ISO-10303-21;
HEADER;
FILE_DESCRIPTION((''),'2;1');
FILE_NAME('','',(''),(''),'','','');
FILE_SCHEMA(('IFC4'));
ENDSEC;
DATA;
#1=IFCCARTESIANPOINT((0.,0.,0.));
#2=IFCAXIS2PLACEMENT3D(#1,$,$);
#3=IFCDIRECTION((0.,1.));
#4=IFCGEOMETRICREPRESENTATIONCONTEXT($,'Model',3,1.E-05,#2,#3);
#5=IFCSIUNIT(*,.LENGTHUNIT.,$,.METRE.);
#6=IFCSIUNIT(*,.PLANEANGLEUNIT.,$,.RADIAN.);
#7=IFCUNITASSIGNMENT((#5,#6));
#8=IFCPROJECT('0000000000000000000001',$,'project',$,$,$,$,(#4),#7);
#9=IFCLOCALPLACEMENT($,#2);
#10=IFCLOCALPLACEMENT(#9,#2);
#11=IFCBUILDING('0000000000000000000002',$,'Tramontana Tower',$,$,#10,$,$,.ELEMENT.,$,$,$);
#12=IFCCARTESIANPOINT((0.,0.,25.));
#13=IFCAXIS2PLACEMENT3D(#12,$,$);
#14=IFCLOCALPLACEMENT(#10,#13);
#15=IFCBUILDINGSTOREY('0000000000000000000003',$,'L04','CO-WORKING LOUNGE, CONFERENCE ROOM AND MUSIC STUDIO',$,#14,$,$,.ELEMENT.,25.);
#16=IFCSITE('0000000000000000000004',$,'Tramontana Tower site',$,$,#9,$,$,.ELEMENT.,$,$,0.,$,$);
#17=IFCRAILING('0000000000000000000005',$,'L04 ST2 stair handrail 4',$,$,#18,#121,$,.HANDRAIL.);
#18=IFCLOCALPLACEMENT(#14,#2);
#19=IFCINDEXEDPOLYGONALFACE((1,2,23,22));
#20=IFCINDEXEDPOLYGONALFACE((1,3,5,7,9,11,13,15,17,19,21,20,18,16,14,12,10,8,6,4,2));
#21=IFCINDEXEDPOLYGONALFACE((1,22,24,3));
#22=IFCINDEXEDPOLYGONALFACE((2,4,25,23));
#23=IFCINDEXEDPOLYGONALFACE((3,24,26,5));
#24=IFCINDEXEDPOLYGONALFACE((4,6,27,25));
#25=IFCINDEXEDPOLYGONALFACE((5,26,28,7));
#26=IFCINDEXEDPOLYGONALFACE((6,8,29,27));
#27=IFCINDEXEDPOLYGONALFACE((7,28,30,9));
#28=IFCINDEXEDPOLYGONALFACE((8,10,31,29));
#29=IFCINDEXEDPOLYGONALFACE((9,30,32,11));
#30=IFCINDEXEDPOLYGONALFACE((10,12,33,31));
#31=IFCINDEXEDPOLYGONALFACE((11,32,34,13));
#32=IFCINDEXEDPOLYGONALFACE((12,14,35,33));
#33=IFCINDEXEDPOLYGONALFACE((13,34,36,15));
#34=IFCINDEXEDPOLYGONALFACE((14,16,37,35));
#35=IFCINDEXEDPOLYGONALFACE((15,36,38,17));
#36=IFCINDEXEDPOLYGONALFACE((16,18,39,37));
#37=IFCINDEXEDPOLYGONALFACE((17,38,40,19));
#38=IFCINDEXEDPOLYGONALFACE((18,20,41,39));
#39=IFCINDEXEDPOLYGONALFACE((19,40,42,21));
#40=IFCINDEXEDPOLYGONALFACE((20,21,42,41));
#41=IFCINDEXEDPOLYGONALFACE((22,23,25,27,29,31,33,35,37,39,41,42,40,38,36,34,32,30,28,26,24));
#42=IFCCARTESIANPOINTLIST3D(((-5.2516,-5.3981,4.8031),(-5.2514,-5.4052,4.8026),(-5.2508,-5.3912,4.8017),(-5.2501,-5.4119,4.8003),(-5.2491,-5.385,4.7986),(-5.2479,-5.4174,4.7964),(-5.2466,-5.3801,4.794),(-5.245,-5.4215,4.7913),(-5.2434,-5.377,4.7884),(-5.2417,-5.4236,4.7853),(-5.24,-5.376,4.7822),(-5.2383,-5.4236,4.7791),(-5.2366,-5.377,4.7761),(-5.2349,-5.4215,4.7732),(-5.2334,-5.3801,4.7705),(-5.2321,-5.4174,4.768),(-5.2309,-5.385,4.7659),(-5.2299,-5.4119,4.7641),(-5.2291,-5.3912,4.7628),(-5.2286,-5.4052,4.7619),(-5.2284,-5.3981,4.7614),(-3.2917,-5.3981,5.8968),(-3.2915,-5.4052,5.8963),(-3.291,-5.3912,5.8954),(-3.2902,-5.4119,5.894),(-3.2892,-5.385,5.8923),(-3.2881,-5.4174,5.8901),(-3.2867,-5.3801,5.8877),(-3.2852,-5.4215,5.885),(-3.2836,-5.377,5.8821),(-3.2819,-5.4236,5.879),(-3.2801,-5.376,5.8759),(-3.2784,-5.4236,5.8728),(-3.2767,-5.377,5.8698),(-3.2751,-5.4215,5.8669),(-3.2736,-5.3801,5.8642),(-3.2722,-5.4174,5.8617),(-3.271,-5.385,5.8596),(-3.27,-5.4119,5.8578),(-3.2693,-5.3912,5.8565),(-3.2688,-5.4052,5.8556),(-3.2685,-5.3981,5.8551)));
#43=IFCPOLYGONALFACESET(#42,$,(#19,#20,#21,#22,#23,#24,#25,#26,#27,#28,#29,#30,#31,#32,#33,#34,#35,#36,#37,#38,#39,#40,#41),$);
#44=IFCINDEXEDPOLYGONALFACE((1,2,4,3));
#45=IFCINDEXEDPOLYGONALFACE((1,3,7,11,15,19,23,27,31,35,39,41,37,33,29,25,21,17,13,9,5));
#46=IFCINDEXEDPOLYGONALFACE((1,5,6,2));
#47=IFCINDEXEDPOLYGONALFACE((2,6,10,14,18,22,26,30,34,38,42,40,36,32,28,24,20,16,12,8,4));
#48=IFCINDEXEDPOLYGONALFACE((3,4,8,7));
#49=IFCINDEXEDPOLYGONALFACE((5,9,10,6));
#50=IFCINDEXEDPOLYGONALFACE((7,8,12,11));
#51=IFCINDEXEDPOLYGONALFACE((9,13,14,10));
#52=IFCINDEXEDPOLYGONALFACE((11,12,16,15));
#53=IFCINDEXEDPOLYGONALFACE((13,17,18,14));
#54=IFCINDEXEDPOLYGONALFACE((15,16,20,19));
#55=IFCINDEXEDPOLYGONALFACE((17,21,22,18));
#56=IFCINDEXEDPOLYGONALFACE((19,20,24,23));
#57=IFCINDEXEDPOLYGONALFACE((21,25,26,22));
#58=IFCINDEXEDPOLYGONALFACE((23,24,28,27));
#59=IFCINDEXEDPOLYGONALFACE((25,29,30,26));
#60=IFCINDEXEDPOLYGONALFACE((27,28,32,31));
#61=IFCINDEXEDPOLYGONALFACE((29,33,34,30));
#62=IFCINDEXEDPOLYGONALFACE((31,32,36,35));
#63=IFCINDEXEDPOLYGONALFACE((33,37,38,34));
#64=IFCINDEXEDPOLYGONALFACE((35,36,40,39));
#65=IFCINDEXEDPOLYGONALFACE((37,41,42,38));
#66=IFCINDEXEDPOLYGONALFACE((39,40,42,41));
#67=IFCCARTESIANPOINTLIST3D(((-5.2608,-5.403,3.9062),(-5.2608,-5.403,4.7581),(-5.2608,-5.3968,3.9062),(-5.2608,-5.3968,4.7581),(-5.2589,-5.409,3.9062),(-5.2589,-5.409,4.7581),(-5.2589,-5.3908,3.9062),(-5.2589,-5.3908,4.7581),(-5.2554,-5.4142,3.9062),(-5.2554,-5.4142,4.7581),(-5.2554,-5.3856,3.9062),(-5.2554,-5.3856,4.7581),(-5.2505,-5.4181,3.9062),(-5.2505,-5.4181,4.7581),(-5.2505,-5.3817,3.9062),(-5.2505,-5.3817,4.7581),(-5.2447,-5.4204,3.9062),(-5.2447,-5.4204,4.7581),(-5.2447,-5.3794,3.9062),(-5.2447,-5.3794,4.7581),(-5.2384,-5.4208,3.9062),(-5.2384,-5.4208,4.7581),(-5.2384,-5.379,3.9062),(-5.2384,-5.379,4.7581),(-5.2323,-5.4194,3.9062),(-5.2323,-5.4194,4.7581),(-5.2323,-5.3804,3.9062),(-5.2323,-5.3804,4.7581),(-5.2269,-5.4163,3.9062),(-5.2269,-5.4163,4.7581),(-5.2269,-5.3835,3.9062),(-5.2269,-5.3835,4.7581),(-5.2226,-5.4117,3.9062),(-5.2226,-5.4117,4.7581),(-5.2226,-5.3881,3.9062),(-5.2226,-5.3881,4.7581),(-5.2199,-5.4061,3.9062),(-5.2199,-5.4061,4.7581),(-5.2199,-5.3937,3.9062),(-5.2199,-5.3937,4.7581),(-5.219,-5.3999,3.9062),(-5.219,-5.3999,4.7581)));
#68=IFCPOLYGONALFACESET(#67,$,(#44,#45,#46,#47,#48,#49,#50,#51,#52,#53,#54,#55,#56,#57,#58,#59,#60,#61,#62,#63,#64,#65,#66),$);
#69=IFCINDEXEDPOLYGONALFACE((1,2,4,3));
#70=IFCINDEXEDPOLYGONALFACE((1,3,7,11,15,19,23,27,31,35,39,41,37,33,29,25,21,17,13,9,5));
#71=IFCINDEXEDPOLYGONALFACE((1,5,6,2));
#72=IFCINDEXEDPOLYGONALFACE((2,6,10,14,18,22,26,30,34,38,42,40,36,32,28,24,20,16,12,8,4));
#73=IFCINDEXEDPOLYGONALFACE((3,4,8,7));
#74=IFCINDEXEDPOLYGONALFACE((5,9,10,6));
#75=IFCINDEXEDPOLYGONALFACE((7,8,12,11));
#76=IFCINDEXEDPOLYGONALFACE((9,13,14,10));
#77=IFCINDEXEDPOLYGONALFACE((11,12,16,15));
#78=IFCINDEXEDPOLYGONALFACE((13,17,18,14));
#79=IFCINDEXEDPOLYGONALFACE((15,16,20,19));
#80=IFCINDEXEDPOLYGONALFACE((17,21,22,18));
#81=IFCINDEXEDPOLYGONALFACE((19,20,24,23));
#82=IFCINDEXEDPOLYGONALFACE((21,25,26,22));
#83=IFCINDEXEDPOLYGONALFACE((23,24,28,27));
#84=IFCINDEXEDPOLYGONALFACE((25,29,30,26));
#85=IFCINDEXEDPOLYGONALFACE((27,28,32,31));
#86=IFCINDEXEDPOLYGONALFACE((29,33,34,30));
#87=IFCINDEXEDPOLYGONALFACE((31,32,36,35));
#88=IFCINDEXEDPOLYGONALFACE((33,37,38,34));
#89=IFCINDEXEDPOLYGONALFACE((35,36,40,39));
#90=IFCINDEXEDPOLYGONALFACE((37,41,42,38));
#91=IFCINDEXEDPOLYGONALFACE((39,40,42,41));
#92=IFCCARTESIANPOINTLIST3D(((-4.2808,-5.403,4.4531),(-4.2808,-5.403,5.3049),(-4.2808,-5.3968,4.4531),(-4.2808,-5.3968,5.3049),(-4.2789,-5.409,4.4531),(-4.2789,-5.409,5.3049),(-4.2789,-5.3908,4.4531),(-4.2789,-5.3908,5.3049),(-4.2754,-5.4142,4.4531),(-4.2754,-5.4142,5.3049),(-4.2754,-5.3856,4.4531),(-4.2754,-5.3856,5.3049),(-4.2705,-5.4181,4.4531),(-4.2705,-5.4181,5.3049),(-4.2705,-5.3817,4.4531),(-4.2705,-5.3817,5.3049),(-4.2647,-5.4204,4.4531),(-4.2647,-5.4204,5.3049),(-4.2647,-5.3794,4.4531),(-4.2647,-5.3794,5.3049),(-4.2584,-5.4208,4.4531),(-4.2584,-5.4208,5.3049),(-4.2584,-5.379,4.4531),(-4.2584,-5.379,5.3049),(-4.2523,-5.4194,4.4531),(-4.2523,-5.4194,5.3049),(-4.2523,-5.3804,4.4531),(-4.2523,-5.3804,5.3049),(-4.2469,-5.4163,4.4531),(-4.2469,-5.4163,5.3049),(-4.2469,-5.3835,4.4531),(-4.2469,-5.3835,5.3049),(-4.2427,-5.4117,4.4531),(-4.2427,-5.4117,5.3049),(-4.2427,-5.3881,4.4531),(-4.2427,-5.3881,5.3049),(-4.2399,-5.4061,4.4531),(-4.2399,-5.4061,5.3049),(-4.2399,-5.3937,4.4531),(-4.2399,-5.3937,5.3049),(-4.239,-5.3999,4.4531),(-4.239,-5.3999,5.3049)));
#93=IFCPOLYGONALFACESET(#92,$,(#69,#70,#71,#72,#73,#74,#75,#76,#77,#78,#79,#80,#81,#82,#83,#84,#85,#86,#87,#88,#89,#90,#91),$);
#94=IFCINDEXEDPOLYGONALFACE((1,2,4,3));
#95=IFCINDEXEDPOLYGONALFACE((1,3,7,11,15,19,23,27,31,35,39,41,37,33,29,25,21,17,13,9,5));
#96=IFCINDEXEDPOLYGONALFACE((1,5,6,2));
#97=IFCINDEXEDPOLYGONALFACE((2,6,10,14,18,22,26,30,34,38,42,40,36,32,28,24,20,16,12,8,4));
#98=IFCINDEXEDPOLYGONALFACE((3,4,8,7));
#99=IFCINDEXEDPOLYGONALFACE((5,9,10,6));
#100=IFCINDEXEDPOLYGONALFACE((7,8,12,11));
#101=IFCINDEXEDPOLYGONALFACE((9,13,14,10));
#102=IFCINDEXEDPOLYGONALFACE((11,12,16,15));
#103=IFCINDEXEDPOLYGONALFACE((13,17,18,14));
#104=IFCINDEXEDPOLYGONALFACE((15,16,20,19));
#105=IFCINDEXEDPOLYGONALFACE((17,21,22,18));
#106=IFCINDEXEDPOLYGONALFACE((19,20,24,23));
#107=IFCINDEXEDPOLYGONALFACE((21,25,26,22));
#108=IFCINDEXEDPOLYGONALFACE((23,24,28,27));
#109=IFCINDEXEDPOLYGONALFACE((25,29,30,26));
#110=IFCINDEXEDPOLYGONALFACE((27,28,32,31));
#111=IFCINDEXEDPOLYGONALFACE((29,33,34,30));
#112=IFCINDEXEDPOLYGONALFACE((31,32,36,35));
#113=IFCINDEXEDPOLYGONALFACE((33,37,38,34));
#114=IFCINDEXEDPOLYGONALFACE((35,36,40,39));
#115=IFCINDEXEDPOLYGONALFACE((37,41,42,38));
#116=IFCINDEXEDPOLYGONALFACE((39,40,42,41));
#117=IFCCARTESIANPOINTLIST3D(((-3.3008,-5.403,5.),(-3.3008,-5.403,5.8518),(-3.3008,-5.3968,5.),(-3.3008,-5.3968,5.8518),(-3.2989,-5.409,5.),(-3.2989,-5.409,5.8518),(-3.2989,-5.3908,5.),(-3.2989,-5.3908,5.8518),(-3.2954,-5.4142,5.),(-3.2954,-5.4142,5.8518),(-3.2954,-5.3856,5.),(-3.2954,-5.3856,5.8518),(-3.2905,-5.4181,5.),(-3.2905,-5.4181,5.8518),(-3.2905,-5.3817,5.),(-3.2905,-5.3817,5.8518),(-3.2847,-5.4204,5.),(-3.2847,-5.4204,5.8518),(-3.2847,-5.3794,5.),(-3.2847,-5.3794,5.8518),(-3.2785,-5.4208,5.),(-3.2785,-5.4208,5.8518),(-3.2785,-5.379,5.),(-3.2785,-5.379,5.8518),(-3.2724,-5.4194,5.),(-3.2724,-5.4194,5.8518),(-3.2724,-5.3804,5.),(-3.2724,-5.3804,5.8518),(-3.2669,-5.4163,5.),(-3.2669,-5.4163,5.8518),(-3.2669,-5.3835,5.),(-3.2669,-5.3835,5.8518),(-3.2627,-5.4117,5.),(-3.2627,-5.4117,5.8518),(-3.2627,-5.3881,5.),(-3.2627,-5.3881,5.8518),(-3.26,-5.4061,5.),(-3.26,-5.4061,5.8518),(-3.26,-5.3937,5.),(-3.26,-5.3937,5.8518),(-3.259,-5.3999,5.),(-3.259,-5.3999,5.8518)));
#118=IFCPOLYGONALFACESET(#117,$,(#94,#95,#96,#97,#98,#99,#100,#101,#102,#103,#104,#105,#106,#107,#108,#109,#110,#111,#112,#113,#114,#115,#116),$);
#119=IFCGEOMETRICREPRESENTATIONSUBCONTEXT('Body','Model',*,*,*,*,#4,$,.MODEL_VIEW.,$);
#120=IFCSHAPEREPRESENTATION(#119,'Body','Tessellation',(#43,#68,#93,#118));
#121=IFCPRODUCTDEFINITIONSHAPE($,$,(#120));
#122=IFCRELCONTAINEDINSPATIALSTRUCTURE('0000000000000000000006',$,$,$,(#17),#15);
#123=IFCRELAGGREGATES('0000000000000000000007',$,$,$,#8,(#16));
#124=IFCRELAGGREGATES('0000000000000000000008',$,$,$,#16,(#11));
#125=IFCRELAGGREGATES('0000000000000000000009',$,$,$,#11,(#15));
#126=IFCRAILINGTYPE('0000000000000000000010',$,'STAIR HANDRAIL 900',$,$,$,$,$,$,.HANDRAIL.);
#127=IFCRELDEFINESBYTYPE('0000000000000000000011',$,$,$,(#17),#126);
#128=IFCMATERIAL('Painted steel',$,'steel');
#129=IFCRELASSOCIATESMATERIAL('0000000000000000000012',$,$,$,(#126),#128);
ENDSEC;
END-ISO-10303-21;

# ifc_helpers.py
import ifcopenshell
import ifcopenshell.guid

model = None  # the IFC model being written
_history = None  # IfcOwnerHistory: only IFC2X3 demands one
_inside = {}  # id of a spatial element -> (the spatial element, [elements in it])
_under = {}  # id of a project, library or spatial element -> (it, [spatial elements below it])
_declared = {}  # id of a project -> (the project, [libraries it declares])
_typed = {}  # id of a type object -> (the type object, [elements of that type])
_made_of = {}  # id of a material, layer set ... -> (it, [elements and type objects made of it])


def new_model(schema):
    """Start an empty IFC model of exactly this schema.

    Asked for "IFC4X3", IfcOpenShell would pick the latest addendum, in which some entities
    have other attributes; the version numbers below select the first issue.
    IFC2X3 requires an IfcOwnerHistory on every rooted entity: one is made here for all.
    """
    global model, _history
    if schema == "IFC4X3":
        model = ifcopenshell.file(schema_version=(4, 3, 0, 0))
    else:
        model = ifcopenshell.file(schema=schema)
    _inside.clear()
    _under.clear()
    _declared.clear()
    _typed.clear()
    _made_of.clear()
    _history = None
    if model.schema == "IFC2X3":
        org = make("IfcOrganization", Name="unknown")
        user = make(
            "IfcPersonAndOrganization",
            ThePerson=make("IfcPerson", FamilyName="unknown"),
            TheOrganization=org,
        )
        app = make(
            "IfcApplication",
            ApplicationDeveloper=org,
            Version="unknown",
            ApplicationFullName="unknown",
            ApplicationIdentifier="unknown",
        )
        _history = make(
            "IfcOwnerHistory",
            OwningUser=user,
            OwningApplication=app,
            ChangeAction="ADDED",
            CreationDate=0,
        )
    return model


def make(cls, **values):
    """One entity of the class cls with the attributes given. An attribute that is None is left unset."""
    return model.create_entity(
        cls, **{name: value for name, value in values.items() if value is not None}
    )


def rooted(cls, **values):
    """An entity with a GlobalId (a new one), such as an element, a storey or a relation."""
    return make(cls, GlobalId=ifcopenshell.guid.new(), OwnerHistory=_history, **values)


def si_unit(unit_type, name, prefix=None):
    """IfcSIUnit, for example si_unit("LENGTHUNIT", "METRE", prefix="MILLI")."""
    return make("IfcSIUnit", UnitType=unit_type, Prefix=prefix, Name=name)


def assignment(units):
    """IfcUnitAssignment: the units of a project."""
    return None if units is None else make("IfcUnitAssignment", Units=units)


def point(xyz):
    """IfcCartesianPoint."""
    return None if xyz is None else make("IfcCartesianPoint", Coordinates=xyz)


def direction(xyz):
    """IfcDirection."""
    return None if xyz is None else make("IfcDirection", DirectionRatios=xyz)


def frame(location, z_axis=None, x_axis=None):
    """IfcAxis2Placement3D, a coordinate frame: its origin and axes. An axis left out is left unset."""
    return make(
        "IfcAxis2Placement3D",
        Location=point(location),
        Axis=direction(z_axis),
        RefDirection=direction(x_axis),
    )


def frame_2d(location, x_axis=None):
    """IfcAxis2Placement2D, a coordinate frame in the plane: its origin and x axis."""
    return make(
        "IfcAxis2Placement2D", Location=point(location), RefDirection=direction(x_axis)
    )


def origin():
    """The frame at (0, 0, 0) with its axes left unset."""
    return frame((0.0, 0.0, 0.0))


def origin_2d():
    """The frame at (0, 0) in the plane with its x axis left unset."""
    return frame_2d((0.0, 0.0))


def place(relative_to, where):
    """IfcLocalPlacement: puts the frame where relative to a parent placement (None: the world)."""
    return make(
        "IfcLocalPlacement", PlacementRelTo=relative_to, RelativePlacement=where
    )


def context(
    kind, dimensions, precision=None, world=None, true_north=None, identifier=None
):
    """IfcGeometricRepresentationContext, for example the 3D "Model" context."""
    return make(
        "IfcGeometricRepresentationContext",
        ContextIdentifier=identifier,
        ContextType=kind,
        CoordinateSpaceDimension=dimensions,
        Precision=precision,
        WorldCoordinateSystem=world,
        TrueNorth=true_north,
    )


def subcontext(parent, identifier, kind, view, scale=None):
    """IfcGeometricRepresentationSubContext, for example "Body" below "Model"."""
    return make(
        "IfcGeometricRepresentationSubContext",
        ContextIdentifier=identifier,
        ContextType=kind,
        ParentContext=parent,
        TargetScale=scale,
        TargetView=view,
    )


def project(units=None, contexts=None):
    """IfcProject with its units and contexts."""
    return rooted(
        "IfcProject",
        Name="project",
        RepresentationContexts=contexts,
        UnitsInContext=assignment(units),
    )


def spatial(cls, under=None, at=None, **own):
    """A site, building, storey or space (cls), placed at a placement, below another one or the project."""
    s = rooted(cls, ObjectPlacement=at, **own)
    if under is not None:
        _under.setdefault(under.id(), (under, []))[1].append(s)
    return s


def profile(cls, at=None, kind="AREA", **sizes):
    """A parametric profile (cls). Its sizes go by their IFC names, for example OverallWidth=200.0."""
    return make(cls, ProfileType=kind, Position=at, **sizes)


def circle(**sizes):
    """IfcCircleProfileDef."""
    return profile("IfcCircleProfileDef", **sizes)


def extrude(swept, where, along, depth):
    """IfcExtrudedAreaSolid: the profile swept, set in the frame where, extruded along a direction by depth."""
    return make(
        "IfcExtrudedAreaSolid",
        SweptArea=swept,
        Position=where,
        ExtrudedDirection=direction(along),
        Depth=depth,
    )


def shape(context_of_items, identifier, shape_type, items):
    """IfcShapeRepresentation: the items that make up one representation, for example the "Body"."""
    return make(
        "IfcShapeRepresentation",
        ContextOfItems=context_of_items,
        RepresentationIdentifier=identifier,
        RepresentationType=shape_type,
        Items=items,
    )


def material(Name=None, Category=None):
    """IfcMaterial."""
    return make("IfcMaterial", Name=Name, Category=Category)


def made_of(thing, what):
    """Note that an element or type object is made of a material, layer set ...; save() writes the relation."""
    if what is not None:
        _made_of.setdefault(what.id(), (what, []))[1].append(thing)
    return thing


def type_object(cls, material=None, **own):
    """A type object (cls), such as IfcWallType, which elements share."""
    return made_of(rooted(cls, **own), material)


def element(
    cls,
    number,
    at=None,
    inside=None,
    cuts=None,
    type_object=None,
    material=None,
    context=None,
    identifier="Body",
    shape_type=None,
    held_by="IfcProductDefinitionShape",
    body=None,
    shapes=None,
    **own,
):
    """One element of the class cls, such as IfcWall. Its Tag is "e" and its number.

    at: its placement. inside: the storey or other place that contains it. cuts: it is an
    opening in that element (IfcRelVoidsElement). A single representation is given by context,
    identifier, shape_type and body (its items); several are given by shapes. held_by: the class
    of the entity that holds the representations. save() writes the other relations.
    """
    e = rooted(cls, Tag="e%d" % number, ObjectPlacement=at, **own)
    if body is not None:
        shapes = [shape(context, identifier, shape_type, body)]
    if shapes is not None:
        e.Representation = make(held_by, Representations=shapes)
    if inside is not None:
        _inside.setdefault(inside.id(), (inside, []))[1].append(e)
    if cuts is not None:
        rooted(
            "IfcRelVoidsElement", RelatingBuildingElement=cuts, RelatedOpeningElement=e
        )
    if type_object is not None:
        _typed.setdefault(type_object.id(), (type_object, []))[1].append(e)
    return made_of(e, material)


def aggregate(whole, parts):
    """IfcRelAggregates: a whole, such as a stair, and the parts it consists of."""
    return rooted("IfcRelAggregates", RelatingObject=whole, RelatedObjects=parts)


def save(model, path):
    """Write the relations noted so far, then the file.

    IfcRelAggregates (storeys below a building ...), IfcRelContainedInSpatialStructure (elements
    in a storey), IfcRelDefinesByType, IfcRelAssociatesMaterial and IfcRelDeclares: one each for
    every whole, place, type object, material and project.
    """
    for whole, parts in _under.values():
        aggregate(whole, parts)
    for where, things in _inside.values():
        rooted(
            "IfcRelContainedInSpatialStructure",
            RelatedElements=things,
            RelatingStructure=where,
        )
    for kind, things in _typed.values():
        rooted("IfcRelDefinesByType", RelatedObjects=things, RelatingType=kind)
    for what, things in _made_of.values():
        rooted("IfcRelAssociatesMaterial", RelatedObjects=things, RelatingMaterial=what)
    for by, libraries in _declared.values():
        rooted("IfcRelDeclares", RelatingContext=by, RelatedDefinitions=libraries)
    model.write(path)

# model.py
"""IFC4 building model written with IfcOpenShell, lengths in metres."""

from ifc_helpers import new_model, si_unit, direction, frame, origin, origin_2d, place, context, subcontext, project, spatial, circle, extrude, material, type_object, element, save


model = new_model("IFC4")

# Units and contexts
model_context = context("Model", 3, precision=1e-05, world=origin(), true_north=direction((0.0, 1.0)))
body_context = subcontext(model_context, "Body", "Model", "MODEL_VIEW")
ifc_project = project(units=[si_unit("LENGTHUNIT", "METRE"), si_unit("PLANEANGLEUNIT", "RADIAN")], contexts=[model_context])

# Site, building, storey
site_placement = place(None, origin())
site = spatial("IfcSite", under=ifc_project, at=site_placement, Name="Tramontana Tower site", CompositionType="ELEMENT", RefElevation=0.0)
building_placement = place(site_placement, origin())
building = spatial("IfcBuilding", under=site, at=building_placement, Name="Tramontana Tower", CompositionType="ELEMENT")
storey_placement = place(building_placement, frame((0.0, 0.0, 25.0)))
storey = spatial("IfcBuildingStorey", under=building, at=storey_placement, Name="L04", Description="CO-WORKING LOUNGE, CONFERENCE ROOM AND MUSIC STUDIO", CompositionType="ELEMENT", Elevation=25.0)

# Railing
ifc_material_1 = material(Name="Painted steel", Category="steel")
railing_type_1 = type_object("IfcRailingType", Name="STAIR HANDRAIL 900", PredefinedType="HANDRAIL", material=ifc_material_1)
railing_1_placement = place(storey_placement, frame((-5.24, -5.3999, 3.9062)))
element("IfcRailing", 1, at=railing_1_placement, inside=storey, type_object=railing_type_1, Name="L04 ST2 stair handrail 4", PredefinedType="HANDRAIL", context=body_context, shape_type="SweptSolid", body=[
    extrude(circle(Radius=0.0239, at=origin_2d()), frame((0.0, 0.0, 0.876), z_axis=(0.873232, 0.0, 0.487304), x_axis=(0.0, 1.0, 0.0)), (0.0, 0.0, 1.0), 2.2444),
    extrude(circle(Radius=0.021, at=origin_2d()), origin(), (0.0, 0.0, 1.0), 0.8518),
    extrude(circle(Radius=0.021, at=origin_2d()), frame((0.98, 0.0, 0.5469)), (0.0, 0.0, 1.0), 0.8518),
    extrude(circle(Radius=0.021, at=origin_2d()), frame((1.96, 0.0, 1.0938)), (0.0, 0.0, 1.0), 0.8518),
])

save(model, "model.ifc")
